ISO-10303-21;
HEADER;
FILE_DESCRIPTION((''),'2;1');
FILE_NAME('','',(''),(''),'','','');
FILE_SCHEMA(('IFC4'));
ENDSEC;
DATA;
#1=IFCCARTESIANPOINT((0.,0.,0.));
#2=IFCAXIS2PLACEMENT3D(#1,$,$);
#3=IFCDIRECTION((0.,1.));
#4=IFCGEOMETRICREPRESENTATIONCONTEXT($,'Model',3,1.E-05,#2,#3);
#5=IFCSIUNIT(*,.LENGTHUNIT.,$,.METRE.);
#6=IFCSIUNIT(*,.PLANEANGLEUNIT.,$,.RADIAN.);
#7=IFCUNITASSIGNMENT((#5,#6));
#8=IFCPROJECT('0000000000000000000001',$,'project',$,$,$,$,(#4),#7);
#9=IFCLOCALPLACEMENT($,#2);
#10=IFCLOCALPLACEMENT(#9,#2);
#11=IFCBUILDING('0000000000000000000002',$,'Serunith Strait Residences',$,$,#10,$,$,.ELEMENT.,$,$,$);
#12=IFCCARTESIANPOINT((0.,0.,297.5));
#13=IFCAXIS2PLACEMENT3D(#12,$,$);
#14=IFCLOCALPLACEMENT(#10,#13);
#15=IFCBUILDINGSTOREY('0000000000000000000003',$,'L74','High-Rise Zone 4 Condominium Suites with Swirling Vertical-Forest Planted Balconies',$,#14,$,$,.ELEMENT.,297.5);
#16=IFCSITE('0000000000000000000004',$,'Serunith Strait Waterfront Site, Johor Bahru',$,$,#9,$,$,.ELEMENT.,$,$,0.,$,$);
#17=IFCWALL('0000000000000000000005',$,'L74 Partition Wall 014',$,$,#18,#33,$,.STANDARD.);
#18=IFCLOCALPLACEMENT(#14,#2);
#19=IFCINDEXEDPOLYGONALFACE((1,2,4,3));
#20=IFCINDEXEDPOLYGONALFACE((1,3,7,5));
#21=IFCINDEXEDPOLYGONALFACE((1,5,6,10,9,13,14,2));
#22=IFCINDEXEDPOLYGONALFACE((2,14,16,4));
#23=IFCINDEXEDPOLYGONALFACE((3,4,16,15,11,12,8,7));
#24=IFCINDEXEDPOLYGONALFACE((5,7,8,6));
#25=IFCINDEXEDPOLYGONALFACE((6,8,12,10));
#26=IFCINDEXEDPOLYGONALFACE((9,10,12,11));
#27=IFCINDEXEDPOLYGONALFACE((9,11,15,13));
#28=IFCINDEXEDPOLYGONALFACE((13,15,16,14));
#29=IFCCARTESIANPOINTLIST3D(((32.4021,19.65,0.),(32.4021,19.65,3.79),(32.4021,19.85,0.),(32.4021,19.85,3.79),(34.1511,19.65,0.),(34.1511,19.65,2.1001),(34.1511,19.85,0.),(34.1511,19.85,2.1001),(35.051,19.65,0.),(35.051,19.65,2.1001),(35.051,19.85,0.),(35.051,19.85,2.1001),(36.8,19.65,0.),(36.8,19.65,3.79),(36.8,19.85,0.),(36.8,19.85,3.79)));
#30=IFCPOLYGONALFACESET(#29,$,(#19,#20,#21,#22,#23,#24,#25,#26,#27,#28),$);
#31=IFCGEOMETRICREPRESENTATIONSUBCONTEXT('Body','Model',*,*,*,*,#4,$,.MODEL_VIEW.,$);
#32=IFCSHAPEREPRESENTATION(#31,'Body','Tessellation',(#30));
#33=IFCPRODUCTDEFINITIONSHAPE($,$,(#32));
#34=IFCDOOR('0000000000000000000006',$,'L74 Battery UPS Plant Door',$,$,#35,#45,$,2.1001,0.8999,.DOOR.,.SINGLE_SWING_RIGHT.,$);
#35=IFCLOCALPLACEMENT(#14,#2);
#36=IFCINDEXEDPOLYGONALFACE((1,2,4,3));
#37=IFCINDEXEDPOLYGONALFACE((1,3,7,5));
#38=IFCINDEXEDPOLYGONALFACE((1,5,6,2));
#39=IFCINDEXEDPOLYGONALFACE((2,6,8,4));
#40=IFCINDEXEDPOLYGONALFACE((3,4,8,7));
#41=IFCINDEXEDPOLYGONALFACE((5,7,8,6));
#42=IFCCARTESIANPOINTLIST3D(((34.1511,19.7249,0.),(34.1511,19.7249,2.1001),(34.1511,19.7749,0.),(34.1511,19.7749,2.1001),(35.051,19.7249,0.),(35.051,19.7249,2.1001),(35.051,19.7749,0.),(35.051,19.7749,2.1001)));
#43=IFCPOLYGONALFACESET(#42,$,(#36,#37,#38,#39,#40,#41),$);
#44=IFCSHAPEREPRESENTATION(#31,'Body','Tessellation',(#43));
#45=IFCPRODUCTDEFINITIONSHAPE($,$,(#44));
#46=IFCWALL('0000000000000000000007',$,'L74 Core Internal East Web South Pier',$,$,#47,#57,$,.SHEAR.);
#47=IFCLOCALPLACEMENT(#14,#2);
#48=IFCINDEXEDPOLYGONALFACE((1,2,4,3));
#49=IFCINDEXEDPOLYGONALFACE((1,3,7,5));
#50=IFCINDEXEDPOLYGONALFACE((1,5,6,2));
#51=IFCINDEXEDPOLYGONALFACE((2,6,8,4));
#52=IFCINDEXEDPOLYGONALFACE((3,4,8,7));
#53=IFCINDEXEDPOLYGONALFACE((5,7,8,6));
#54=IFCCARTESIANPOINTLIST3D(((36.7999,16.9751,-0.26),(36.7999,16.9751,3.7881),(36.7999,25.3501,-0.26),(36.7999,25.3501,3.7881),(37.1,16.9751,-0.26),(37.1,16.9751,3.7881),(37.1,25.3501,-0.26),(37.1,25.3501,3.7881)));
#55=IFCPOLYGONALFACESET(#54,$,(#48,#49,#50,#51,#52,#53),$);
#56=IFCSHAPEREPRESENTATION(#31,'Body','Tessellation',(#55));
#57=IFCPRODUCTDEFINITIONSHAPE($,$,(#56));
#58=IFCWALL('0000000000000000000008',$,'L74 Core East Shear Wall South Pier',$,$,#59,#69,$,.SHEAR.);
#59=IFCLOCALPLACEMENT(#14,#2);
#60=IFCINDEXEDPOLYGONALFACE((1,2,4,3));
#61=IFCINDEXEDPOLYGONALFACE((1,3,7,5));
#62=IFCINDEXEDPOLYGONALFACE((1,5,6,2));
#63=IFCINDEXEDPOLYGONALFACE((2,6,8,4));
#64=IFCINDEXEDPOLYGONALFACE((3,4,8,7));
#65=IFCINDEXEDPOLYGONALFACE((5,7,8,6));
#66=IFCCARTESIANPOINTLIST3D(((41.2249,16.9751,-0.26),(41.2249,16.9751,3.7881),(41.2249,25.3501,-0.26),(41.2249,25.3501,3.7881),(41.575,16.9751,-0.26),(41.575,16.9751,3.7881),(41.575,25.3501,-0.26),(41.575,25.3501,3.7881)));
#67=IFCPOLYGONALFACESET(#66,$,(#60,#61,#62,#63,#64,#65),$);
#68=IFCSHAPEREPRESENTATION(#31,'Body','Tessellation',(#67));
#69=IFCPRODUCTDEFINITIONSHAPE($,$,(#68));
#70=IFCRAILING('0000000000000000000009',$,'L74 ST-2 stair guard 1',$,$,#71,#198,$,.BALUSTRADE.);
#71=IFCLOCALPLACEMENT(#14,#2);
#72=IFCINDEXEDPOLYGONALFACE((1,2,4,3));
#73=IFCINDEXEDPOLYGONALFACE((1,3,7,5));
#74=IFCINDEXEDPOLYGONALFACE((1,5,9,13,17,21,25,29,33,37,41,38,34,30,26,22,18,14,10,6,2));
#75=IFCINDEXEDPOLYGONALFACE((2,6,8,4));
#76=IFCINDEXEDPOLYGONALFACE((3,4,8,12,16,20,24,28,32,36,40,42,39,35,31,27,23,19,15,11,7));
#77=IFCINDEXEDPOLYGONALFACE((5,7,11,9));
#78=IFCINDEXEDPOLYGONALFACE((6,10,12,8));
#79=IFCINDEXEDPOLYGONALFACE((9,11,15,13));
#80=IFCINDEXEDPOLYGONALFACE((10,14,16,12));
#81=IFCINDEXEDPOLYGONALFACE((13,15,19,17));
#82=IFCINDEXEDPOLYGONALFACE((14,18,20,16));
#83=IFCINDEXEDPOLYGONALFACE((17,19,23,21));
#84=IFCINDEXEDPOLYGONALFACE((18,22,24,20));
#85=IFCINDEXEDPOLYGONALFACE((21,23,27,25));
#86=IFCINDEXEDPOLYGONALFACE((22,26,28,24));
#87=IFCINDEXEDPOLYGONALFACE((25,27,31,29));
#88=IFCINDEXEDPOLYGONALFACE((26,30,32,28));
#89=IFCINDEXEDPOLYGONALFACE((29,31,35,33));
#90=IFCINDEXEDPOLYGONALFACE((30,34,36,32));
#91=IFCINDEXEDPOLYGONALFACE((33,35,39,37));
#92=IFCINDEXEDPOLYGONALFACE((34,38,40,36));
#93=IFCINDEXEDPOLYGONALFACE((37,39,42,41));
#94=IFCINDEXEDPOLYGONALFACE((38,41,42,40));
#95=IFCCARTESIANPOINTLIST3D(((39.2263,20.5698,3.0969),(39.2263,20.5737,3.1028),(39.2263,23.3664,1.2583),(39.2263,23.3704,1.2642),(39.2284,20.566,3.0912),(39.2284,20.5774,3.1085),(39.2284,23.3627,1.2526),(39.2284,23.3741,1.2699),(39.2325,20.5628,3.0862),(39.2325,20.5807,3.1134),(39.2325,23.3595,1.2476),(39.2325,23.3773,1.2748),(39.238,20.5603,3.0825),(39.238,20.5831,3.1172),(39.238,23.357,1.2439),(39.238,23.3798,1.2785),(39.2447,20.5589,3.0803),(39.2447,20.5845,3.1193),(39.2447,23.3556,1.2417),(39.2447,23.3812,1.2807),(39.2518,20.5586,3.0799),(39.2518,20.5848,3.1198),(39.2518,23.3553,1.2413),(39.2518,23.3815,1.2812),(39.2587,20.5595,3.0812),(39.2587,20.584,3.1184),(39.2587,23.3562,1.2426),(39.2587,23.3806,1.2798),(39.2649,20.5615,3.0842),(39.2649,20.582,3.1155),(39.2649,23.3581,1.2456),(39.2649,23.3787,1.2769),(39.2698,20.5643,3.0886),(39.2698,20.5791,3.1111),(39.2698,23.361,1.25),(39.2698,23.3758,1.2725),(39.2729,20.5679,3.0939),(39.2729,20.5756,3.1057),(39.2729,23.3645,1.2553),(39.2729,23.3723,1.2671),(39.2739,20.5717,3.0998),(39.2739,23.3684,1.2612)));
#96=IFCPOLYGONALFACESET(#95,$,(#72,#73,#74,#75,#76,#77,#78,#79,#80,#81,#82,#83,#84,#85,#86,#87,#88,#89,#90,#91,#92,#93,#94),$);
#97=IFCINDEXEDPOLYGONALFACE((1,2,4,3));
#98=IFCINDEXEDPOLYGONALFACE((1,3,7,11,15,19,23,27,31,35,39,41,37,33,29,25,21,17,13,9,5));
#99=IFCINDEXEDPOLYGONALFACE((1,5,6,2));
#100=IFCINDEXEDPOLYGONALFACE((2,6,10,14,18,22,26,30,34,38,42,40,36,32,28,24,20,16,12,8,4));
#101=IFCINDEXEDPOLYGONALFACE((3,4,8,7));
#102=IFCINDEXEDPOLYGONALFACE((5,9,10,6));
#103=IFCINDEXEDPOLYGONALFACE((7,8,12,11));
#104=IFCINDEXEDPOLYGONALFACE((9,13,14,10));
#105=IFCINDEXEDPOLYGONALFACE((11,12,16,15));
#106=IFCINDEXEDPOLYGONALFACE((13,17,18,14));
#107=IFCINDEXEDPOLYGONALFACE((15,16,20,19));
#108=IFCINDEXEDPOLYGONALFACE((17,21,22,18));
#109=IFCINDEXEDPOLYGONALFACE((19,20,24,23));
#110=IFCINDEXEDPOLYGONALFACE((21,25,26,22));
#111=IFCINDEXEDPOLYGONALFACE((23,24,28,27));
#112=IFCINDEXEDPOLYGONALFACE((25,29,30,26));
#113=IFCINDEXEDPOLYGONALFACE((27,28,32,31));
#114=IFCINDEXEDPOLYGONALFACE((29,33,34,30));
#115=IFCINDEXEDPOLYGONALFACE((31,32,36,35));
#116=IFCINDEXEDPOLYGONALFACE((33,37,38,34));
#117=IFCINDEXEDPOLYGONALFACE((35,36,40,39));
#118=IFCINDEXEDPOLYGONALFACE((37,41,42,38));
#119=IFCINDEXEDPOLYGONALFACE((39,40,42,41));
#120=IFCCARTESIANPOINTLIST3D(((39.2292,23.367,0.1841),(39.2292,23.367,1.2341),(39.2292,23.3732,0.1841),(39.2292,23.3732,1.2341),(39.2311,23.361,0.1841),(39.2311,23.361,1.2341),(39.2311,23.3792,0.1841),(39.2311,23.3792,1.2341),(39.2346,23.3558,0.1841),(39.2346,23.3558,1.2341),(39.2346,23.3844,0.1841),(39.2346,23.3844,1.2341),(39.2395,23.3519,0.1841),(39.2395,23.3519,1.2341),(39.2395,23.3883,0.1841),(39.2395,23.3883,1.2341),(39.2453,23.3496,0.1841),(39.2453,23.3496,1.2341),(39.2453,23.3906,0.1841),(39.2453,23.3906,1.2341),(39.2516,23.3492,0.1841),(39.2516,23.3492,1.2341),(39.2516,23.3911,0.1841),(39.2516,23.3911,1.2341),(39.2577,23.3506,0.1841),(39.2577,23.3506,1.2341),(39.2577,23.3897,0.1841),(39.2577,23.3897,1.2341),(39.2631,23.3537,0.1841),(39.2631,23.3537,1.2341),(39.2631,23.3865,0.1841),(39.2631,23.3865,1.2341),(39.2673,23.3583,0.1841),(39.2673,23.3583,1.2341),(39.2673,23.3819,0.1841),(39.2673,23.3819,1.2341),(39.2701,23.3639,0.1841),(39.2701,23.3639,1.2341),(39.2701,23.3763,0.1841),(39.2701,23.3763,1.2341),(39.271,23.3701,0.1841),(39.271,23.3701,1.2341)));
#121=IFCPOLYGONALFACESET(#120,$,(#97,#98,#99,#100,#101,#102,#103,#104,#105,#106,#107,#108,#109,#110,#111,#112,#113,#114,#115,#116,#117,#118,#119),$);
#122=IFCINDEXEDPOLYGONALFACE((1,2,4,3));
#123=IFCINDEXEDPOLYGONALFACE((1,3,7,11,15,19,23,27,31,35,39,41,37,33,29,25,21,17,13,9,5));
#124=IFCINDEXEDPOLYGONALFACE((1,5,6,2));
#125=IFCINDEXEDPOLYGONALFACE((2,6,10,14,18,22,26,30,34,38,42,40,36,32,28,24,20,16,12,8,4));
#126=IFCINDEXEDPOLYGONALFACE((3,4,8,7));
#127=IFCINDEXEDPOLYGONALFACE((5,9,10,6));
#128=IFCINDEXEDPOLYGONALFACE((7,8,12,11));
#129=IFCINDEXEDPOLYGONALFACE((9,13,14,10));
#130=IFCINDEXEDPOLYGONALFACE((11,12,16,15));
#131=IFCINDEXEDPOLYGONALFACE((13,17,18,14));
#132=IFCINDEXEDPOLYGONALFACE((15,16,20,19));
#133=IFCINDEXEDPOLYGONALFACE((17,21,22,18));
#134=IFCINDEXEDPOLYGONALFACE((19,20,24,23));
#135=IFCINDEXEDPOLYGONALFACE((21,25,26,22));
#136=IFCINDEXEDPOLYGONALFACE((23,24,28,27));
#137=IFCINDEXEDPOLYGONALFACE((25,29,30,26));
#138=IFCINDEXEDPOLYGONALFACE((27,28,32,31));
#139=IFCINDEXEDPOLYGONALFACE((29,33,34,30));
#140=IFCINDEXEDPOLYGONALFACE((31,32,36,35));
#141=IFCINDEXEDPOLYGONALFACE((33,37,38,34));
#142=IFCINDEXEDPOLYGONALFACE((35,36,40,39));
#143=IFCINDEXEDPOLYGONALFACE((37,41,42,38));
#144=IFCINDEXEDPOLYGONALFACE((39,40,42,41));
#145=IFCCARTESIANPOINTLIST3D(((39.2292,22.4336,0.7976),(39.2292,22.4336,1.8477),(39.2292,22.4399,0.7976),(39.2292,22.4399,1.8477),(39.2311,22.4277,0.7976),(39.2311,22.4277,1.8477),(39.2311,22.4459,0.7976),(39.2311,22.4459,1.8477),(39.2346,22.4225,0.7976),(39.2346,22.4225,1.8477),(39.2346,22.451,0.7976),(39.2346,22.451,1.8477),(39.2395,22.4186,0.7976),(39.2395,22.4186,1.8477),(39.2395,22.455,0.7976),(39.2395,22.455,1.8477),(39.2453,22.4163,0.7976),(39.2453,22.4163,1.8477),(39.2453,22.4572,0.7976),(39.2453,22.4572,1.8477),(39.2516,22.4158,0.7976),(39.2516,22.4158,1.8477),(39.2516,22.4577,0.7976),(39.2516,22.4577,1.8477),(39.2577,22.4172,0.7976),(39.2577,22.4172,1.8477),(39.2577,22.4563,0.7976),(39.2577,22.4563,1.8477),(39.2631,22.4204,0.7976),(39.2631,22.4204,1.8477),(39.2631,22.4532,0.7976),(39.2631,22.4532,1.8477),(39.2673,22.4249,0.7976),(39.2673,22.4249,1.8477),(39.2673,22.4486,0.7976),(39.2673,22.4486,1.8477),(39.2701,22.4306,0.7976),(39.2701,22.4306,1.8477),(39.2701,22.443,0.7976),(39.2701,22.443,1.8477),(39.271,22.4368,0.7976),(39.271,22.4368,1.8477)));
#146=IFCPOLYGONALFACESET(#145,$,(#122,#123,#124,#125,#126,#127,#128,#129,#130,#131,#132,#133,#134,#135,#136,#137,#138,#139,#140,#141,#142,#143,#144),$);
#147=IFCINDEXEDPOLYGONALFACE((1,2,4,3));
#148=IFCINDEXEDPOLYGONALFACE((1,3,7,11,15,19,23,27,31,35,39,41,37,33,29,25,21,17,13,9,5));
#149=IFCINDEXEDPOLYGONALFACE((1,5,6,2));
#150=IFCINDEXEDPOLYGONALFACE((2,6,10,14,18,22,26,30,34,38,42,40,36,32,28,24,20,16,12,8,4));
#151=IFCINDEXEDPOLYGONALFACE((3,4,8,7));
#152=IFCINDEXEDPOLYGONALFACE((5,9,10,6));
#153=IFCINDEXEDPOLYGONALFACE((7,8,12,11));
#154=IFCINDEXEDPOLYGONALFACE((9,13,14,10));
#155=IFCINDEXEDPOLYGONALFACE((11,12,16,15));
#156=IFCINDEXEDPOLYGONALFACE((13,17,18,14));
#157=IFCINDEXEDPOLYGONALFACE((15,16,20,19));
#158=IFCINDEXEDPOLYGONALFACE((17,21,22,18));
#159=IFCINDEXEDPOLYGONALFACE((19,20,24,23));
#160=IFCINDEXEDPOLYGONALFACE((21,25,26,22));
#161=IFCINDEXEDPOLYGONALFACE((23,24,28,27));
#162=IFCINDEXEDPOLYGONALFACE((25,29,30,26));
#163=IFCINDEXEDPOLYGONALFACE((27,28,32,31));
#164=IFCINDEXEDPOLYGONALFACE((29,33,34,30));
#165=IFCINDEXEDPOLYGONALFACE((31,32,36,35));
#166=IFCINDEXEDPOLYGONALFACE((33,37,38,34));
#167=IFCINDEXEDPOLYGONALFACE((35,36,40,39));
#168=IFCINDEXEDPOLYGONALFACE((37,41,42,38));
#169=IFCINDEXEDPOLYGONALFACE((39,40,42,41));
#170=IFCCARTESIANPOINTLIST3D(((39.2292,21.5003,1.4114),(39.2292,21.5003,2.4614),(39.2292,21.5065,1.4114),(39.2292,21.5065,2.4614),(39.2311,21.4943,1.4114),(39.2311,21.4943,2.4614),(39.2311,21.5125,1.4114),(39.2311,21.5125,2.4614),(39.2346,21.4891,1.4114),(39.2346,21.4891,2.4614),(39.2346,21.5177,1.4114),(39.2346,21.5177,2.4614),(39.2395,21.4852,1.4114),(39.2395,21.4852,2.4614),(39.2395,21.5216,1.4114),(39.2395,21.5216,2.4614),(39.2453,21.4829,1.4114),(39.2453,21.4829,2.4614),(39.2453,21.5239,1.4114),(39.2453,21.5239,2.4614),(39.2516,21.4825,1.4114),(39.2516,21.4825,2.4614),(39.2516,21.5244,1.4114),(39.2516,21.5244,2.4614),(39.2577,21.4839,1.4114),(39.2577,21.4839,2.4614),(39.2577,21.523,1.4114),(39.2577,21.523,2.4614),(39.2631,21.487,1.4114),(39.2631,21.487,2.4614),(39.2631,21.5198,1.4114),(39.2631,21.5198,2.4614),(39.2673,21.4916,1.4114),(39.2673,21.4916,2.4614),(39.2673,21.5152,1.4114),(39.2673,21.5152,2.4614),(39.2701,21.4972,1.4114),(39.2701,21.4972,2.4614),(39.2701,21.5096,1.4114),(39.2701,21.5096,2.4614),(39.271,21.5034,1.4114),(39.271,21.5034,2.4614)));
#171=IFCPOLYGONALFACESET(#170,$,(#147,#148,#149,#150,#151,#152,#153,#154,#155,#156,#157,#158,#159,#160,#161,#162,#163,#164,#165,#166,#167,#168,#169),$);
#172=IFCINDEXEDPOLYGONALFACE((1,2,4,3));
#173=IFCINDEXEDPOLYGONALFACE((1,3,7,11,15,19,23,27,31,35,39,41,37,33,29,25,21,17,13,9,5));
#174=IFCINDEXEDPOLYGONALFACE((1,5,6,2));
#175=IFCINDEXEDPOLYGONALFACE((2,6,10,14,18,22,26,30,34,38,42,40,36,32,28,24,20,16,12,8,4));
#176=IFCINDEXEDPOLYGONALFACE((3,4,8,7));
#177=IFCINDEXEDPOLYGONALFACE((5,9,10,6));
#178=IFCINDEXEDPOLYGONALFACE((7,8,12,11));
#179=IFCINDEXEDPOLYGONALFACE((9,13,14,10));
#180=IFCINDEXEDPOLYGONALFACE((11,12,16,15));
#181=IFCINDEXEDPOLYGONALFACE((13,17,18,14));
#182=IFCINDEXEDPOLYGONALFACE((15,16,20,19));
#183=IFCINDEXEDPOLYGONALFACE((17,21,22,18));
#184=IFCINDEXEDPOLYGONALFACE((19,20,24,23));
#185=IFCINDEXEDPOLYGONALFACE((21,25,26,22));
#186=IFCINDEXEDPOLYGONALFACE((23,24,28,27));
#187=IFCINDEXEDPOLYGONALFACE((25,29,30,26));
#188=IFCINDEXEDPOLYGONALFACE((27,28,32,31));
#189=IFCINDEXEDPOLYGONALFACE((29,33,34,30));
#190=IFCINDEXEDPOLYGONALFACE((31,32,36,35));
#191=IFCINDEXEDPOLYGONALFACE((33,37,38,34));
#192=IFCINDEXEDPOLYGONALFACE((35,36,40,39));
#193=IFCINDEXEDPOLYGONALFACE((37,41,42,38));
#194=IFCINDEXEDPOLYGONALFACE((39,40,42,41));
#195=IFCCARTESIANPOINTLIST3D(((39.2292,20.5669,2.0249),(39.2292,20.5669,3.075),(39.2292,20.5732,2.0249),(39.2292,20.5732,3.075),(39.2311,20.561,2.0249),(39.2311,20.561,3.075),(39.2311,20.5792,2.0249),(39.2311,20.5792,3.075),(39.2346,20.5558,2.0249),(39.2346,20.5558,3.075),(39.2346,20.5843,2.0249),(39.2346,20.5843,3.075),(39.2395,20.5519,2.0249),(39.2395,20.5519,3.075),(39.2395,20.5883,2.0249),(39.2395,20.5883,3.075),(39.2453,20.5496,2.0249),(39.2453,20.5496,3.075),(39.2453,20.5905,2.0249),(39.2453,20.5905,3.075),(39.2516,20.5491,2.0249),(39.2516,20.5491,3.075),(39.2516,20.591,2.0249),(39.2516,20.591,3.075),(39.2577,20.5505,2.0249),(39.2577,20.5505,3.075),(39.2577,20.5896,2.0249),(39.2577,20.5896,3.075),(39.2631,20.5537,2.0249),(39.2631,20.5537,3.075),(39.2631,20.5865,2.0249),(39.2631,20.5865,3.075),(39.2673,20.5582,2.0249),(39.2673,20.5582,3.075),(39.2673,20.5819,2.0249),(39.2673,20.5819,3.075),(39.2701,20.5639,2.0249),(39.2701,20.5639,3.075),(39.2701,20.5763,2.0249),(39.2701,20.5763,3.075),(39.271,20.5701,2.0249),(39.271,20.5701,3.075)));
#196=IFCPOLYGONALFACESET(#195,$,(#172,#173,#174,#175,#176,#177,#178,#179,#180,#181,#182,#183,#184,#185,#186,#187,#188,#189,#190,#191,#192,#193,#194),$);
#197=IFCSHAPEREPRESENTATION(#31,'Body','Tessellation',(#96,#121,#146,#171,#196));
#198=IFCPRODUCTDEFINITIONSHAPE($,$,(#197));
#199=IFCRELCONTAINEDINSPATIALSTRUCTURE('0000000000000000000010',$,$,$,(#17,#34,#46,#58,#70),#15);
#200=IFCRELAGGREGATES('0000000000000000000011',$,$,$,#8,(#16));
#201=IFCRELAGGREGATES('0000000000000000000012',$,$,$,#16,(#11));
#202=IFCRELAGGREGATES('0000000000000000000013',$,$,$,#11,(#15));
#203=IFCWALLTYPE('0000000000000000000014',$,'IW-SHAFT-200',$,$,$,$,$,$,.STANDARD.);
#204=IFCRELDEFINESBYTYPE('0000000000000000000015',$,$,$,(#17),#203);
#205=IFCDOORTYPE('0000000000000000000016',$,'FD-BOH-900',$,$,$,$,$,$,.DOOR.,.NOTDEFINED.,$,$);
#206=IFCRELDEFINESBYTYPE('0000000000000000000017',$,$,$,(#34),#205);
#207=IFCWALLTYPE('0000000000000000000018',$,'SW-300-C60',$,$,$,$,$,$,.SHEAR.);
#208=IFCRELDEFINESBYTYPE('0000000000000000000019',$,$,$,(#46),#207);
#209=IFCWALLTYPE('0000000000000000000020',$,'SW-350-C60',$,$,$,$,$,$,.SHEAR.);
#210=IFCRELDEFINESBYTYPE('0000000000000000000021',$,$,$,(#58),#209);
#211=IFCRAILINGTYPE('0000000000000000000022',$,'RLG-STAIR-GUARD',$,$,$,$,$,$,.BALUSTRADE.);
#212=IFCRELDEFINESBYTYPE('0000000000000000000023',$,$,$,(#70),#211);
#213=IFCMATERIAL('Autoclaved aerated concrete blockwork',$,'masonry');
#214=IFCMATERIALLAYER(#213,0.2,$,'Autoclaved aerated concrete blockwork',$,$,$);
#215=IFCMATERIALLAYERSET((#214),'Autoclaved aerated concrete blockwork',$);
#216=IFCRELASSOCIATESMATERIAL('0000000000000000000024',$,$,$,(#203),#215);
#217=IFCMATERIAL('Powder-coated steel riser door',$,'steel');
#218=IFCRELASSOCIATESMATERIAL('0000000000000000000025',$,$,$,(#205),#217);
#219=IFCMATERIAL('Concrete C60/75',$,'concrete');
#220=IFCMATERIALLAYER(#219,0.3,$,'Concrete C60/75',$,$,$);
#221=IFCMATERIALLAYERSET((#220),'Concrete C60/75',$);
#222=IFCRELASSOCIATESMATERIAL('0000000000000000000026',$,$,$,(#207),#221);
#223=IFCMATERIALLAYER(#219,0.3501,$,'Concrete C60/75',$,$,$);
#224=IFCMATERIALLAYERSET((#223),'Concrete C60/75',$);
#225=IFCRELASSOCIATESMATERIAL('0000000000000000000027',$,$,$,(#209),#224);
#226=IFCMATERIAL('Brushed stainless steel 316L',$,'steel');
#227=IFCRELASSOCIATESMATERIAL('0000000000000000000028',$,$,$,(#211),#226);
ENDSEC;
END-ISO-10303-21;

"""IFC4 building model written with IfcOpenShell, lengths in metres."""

from ifc_helpers import new_model, si_unit, direction, frame, frame_2d, origin, origin_2d, place, context, subcontext, project, spatial, rectangle, circle, extrude, source, transform, mapped, material, layer, layer_set, type_object, element, fill, save


model = new_model("IFC4")

# Units and contexts
model_context = context("Model", 3, precision=1e-05, world=origin(), true_north=direction((0.0, 1.0)))
body_context = subcontext(model_context, "Body", "Model", "MODEL_VIEW")
ifc_project = project(units=[si_unit("LENGTHUNIT", "METRE"), si_unit("PLANEANGLEUNIT", "RADIAN")], contexts=[model_context])

# Site, building, storey
site_placement = place(None, origin())
site = spatial("IfcSite", under=ifc_project, at=site_placement, Name="Serunith Strait Waterfront Site, Johor Bahru", CompositionType="ELEMENT", RefElevation=0.0)
building_placement = place(site_placement, origin())
building = spatial("IfcBuilding", under=site, at=building_placement, Name="Serunith Strait Residences", CompositionType="ELEMENT")
storey_placement = place(building_placement, frame((0.0, 0.0, 297.5)))
storey = spatial("IfcBuildingStorey", under=building, at=storey_placement, Name="L74", Description="High-Rise Zone 4 Condominium Suites with Swirling Vertical-Forest Planted Balconies", CompositionType="ELEMENT", Elevation=297.5)

# Shared definitions
ifc_material_1 = material(Name="Concrete C60/75", Category="concrete")

# Wall, opening, door
ifc_material_2 = material(Name="Autoclaved aerated concrete blockwork", Category="masonry")
ifc_layer_1 = layer(ifc_material_2, 0.2, Name="Autoclaved aerated concrete blockwork")
ifc_layer_set_1 = layer_set([ifc_layer_1], Name="Autoclaved aerated concrete blockwork")
wall_type_1 = type_object("IfcWallType", Name="IW-SHAFT-200", PredefinedType="STANDARD", material=ifc_layer_set_1)
wall_1_placement = place(storey_placement, frame((32.4021, 19.75, 0.0), z_axis=(0.0, 0.0, 1.0), x_axis=(1.0, 0.0, 0.0)))
wall_1 = element("IfcWall", 1, at=wall_1_placement, inside=storey, type_object=wall_type_1, Name="L74 Partition Wall 014", PredefinedType="STANDARD", context=body_context, shape_type="SweptSolid", body=[
    extrude(rectangle(XDim=4.3979, YDim=0.2, at=frame_2d((2.199, 0.0))), origin(), (0.0, 0.0, 1.0), 3.79),
])
opening_1_placement = place(wall_1_placement, frame((1.749, 0.0, 0.0)))
opening_1 = element("IfcOpeningElement", 2, at=opening_1_placement, cuts=wall_1, PredefinedType="OPENING", context=body_context, shape_type="SweptSolid", body=[
    extrude(rectangle(XDim=0.8999, YDim=2.1001, at=frame_2d((0.45, 1.05))), frame((0.0, 0.1099, 0.0), z_axis=(0.0, -1.0, 0.0), x_axis=(1.0, 0.0, 0.0)), (0.0, 0.0, 1.0), 0.22),
])
ifc_material_3 = material(Name="Powder-coated steel riser door", Category="steel")
door_type_1 = type_object("IfcDoorType", Name="FD-BOH-900", OperationType="NOTDEFINED", PredefinedType="DOOR", material=ifc_material_3)
shared_shape_1 = source(origin(), body_context, "Body", "SweptSolid", [
    extrude(rectangle(XDim=0.8999, YDim=2.1001, at=frame_2d((0.45, 1.05))), frame((0.0, 0.0249, 0.0), z_axis=(0.0, -1.0, 0.0), x_axis=(1.0, 0.0, 0.0)), (0.0, 0.0, 1.0), 0.05),
])
door_1_placement = place(opening_1_placement, origin())
door_1 = element("IfcDoor", 3, at=door_1_placement, inside=storey, type_object=door_type_1, Name="L74 Battery UPS Plant Door", OperationType="SINGLE_SWING_RIGHT", OverallHeight=2.1001, OverallWidth=0.8999, PredefinedType="DOOR", context=body_context, shape_type="MappedRepresentation", body=[
    mapped(shared_shape_1, transform((0.0, 0.0, 0.0), scale=1.0)),
])
fill(opening_1, door_1)

# Walls
ifc_layer_2 = layer(ifc_material_1, 0.3, Name="Concrete C60/75")
ifc_layer_set_2 = layer_set([ifc_layer_2], Name="Concrete C60/75")
wall_type_2 = type_object("IfcWallType", Name="SW-300-C60", PredefinedType="SHEAR", material=ifc_layer_set_2)
wall_2_placement = place(storey_placement, frame((36.95, 16.9751, -0.26), z_axis=(0.0, 0.0, 1.0), x_axis=(0.0, 1.0, 0.0)))
element("IfcWall", 4, at=wall_2_placement, inside=storey, type_object=wall_type_2, Name="L74 Core Internal East Web South Pier", PredefinedType="SHEAR", context=body_context, shape_type="SweptSolid", body=[
    extrude(rectangle(XDim=8.375, YDim=0.3, at=frame_2d((4.1875, 0.0))), origin(), (0.0, 0.0, 1.0), 4.0481),
])
ifc_layer_3 = layer(ifc_material_1, 0.3501, Name="Concrete C60/75")
ifc_layer_set_3 = layer_set([ifc_layer_3], Name="Concrete C60/75")
wall_type_3 = type_object("IfcWallType", Name="SW-350-C60", PredefinedType="SHEAR", material=ifc_layer_set_3)
wall_3_placement = place(storey_placement, frame((41.3999, 16.9751, -0.26), z_axis=(0.0, 0.0, 1.0), x_axis=(0.0, 1.0, 0.0)))
element("IfcWall", 5, at=wall_3_placement, inside=storey, type_object=wall_type_3, Name="L74 Core East Shear Wall South Pier", PredefinedType="SHEAR", context=body_context, shape_type="SweptSolid", body=[
    extrude(rectangle(XDim=8.375, YDim=0.3501, at=frame_2d((4.1875, 0.0))), origin(), (0.0, 0.0, 1.0), 4.0481),
])

# Railing
ifc_material_4 = material(Name="Brushed stainless steel 316L", Category="steel")
railing_type_1 = type_object("IfcRailingType", Name="RLG-STAIR-GUARD", PredefinedType="BALUSTRADE", material=ifc_material_4)
railing_1_placement = place(storey_placement, frame((39.25, 23.3701, 0.1841)))
element("IfcRailing", 6, at=railing_1_placement, inside=storey, type_object=railing_type_1, Name="L74 ST-2 stair guard 1", PredefinedType="BALUSTRADE", context=body_context, shape_type="SweptSolid", body=[
    extrude(circle(Radius=0.0239, at=origin_2d()), frame((0.0, -0.0017, 1.0771), z_axis=(0.0, -0.835598, 0.549342), x_axis=(1.0, 0.0, 0.0)), (0.0, 0.0, 1.0), 3.3469),
    extrude(circle(Radius=0.021, at=origin_2d()), origin(), (0.0, 0.0, 1.0), 1.05),
    extrude(circle(Radius=0.021, at=origin_2d()), frame((0.0, -0.9333, 0.6135)), (0.0, 0.0, 1.0), 1.05),
    extrude(circle(Radius=0.021, at=origin_2d()), frame((0.0, -1.8667, 1.2273)), (0.0, 0.0, 1.0), 1.05),
    extrude(circle(Radius=0.021, at=origin_2d()), frame((0.0, -2.8, 1.8408)), (0.0, 0.0, 1.0), 1.05),
])

save(model, "model.ifc")
